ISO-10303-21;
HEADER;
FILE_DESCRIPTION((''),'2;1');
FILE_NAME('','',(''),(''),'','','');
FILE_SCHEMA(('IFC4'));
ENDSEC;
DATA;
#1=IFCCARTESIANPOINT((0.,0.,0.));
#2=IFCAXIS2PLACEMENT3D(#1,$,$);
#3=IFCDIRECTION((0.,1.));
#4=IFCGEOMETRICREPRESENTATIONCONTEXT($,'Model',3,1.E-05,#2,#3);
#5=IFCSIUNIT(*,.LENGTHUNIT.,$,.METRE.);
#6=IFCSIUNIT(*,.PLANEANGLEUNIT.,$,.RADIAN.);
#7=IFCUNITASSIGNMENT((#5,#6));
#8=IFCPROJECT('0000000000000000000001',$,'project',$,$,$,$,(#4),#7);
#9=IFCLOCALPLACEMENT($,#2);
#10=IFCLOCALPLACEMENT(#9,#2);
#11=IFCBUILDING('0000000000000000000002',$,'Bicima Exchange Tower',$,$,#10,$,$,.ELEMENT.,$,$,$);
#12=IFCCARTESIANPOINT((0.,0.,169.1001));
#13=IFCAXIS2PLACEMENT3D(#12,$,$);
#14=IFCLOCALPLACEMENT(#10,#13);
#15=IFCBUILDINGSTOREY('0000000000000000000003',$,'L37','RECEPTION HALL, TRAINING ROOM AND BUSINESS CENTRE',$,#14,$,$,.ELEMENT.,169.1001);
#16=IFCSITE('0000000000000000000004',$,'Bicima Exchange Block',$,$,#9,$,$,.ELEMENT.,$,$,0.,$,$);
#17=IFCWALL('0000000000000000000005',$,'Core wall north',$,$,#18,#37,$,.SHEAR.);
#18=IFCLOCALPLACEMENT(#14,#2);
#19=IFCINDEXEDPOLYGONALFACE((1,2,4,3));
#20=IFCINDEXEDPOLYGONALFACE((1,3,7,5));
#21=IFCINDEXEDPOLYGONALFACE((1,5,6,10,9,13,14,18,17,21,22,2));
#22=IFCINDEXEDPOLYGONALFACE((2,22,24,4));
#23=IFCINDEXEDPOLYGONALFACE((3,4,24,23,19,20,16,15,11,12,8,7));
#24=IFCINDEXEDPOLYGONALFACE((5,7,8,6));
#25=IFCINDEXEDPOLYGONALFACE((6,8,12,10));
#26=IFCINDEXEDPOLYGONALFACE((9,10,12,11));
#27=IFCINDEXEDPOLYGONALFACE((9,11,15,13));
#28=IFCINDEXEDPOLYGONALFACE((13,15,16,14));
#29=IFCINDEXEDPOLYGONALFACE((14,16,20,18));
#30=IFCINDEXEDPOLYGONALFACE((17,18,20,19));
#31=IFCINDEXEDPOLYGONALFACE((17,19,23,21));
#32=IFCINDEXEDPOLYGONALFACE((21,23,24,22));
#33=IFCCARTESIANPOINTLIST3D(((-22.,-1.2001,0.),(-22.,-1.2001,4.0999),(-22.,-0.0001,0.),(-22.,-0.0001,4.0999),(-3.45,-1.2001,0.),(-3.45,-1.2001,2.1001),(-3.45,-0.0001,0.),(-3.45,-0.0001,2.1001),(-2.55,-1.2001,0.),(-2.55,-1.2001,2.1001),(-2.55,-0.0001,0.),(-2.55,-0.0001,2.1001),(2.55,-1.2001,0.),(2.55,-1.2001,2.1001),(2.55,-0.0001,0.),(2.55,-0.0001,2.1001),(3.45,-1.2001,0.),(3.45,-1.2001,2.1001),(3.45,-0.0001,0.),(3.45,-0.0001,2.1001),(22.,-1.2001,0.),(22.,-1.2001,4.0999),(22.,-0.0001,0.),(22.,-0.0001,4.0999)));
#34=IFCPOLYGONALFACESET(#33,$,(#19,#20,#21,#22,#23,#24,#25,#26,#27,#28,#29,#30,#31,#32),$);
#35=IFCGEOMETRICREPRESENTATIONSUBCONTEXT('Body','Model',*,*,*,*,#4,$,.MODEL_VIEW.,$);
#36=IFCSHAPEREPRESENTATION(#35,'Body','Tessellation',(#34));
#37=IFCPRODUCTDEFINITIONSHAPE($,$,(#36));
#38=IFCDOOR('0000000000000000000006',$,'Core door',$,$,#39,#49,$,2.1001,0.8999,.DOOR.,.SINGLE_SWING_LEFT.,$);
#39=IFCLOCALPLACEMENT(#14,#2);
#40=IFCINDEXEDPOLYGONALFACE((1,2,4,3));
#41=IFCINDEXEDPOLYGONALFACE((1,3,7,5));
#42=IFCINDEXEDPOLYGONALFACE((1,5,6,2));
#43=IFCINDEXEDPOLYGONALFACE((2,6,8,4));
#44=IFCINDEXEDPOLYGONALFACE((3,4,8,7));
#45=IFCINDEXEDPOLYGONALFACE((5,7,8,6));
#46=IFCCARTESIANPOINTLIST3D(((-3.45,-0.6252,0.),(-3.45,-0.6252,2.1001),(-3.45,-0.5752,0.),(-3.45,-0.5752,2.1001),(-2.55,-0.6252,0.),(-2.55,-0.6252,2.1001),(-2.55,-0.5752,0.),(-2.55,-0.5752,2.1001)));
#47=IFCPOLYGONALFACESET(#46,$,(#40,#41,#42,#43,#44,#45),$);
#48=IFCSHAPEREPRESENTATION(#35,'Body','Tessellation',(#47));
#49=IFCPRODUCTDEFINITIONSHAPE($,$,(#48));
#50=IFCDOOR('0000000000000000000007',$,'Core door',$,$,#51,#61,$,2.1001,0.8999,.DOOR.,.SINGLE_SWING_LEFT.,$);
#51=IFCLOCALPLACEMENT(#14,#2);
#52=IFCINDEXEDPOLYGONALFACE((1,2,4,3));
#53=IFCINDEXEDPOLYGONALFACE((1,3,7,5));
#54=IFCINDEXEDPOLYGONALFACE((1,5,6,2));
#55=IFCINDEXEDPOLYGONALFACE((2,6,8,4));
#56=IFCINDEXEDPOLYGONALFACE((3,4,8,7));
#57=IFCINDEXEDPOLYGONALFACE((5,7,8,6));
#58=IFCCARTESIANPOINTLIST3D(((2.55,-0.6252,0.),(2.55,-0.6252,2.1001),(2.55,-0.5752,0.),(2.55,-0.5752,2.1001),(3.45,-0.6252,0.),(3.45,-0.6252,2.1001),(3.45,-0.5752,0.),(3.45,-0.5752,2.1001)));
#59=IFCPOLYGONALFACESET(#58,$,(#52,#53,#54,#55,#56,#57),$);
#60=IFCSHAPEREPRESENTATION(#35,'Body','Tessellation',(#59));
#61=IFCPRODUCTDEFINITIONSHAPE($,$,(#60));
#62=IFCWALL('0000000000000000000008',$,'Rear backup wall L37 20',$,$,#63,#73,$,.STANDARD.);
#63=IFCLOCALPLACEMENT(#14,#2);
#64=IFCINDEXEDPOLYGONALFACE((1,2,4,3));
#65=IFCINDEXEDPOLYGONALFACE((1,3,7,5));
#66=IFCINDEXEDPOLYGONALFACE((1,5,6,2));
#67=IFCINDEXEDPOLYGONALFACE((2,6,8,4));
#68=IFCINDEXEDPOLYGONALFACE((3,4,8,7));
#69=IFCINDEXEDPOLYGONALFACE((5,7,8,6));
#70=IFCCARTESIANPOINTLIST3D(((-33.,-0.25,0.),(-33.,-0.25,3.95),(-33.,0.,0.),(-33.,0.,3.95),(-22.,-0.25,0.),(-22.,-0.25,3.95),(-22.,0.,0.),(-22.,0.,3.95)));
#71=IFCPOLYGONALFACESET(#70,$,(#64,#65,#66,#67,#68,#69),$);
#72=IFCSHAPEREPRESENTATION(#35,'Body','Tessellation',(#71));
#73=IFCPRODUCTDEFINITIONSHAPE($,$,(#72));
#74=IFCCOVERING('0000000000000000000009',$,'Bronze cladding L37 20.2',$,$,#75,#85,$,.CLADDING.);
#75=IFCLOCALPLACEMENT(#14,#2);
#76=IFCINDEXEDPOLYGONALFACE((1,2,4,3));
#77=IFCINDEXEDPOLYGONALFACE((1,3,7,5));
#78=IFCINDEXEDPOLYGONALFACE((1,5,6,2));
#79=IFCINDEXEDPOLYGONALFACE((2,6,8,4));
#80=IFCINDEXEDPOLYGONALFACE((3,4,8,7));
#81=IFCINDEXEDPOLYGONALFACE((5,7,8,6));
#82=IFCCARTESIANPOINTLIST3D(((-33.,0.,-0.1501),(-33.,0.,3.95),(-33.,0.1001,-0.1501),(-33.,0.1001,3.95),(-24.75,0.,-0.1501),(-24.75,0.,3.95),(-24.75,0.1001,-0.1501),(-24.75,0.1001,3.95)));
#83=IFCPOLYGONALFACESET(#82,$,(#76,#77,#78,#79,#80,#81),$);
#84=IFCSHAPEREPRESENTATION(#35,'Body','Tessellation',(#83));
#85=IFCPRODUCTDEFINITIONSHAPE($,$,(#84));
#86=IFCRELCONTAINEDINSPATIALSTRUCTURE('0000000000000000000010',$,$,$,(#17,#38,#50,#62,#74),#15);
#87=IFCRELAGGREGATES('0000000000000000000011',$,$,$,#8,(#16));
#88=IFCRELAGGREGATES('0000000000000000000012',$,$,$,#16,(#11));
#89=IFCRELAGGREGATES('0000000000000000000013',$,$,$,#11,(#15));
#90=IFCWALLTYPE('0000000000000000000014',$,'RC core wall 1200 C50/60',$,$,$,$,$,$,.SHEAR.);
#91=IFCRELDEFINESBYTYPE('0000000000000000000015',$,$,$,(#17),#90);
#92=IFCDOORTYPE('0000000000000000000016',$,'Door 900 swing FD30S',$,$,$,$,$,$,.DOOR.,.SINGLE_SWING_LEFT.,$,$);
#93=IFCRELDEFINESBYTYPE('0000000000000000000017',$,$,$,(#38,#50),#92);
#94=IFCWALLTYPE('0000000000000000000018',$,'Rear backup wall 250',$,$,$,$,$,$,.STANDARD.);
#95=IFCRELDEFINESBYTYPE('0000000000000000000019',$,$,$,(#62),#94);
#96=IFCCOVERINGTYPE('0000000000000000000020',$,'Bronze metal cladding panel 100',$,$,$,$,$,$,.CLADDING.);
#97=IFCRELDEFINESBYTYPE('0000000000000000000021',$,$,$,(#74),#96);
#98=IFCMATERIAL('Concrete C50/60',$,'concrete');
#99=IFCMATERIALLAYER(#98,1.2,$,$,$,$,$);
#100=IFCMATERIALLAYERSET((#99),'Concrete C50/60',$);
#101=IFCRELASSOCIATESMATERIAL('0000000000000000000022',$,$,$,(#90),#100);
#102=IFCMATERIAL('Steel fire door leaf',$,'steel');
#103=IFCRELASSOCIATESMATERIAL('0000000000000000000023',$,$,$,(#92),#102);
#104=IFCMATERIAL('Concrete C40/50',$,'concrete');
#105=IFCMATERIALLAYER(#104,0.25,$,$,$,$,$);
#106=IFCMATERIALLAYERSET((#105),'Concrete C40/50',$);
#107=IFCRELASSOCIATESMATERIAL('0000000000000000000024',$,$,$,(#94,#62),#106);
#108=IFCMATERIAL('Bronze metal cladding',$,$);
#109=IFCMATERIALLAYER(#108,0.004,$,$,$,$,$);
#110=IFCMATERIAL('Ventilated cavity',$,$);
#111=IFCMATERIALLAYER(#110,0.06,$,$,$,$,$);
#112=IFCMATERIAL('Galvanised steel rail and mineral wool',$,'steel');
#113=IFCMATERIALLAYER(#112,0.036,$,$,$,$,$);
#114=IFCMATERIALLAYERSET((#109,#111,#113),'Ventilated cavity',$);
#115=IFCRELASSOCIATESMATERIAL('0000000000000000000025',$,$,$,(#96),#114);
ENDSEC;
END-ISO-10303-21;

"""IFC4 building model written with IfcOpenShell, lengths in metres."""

from ifc_helpers import new_model, si_unit, direction, frame, frame_2d, origin, origin_2d, place, context, subcontext, project, spatial, rectangle, extrude, material, layer, layer_set, layer_usage, type_object, element, fill, save


model = new_model("IFC4")

# Units and contexts
model_context = context("Model", 3, precision=1e-05, world=origin(), true_north=direction((0.0, 1.0)))
body_context = subcontext(model_context, "Body", "Model", "MODEL_VIEW")
ifc_project = project(units=[si_unit("LENGTHUNIT", "METRE"), si_unit("PLANEANGLEUNIT", "RADIAN")], contexts=[model_context])

# Site, building, storey
site_placement = place(None, origin())
site = spatial("IfcSite", under=ifc_project, at=site_placement, Name="Bicima Exchange Block", CompositionType="ELEMENT", RefElevation=0.0)
building_placement = place(site_placement, origin())
building = spatial("IfcBuilding", under=site, at=building_placement, Name="Bicima Exchange Tower", CompositionType="ELEMENT")
storey_placement = place(building_placement, frame((0.0, 0.0, 169.1001)))
storey = spatial("IfcBuildingStorey", under=building, at=storey_placement, Name="L37", Description="RECEPTION HALL, TRAINING ROOM AND BUSINESS CENTRE", CompositionType="ELEMENT", Elevation=169.1001)

# Wall, openings, doors
ifc_material_1 = material(Name="Concrete C50/60", Category="concrete")
ifc_layer_1 = layer(ifc_material_1, 1.2)
ifc_layer_set_1 = layer_set([ifc_layer_1], Name="Concrete C50/60")
wall_type_1 = type_object("IfcWallType", Name="RC core wall 1200 C50/60", PredefinedType="SHEAR", material=ifc_layer_set_1)
wall_1_placement = place(storey_placement, frame((-22.0, -0.6001, 0.0), z_axis=(0.0, 0.0, 1.0), x_axis=(1.0, 0.0, 0.0)))
wall_1 = element("IfcWall", 1, at=wall_1_placement, inside=storey, type_object=wall_type_1, Name="Core wall north", PredefinedType="SHEAR", context=body_context, shape_type="SweptSolid", body=[
    extrude(rectangle(XDim=44.0, YDim=1.2, at=frame_2d((22.0, 0.0))), origin(), (0.0, 0.0, 1.0), 4.0999),
])
opening_1_placement = place(wall_1_placement, frame((18.55, 0.0, 0.0)))
opening_1 = element("IfcOpeningElement", 2, at=opening_1_placement, cuts=wall_1, PredefinedType="OPENING", context=body_context, shape_type="SweptSolid", body=[
    extrude(rectangle(XDim=0.8999, YDim=2.1001, at=frame_2d((0.45, 1.05))), frame((0.0, 0.6118, 0.0), z_axis=(0.0, -1.0, 0.0), x_axis=(1.0, 0.0, 0.0)), (0.0, 0.0, 1.0), 1.2239),
])
opening_2_placement = place(wall_1_placement, frame((24.55, 0.0, 0.0)))
opening_2 = element("IfcOpeningElement", 3, at=opening_2_placement, cuts=wall_1, PredefinedType="OPENING", context=body_context, shape_type="SweptSolid", body=[
    extrude(rectangle(XDim=0.8999, YDim=2.1001, at=frame_2d((0.45, 1.05))), frame((0.0, 0.6118, 0.0), z_axis=(0.0, -1.0, 0.0), x_axis=(1.0, 0.0, 0.0)), (0.0, 0.0, 1.0), 1.2239),
])
ifc_material_2 = material(Name="Steel fire door leaf", Category="steel")
door_type = type_object("IfcDoorType", Name="Door 900 swing FD30S", OperationType="SINGLE_SWING_LEFT", PredefinedType="DOOR", material=ifc_material_2)
door_1_placement = place(opening_1_placement, origin())
door_1 = element("IfcDoor", 4, at=door_1_placement, inside=storey, type_object=door_type, Name="Core door", OperationType="SINGLE_SWING_LEFT", OverallHeight=2.1001, OverallWidth=0.8999, PredefinedType="DOOR", context=body_context, shape_type="SweptSolid", body=[
    extrude(rectangle(XDim=0.8999, YDim=2.1001, at=frame_2d((0.45, 1.05))), frame((0.0, 0.0249, 0.0), z_axis=(0.0, -1.0, 0.0), x_axis=(1.0, 0.0, 0.0)), (0.0, 0.0, 1.0), 0.05),
])
fill(opening_1, door_1)
door_2_placement = place(opening_2_placement, origin())
door_2 = element("IfcDoor", 5, at=door_2_placement, inside=storey, type_object=door_type, Name="Core door", OperationType="SINGLE_SWING_LEFT", OverallHeight=2.1001, OverallWidth=0.8999, PredefinedType="DOOR", context=body_context, shape_type="SweptSolid", body=[
    extrude(rectangle(XDim=0.8999, YDim=2.1001, at=frame_2d((0.45, 1.05))), frame((0.0, 0.0249, 0.0), z_axis=(0.0, -1.0, 0.0), x_axis=(1.0, 0.0, 0.0)), (0.0, 0.0, 1.0), 0.05),
])
fill(opening_2, door_2)

# Wall
ifc_material_3 = material(Name="Concrete C40/50", Category="concrete")
ifc_layer_2 = layer(ifc_material_3, 0.25)
ifc_layer_set_2 = layer_set([ifc_layer_2], Name="Concrete C40/50")
ifc_layer_usage = layer_usage(ifc_layer_set_2, "AXIS2", "POSITIVE", -0.125)
wall_type_2 = type_object("IfcWallType", Name="Rear backup wall 250", PredefinedType="STANDARD", material=ifc_layer_set_2)
wall_2_placement = place(storey_placement, frame((-22.0, -0.125, 0.0), z_axis=(0.0, 0.0, 1.0), x_axis=(-1.0, 0.0, 0.0)))
element("IfcWall", 6, at=wall_2_placement, inside=storey, type_object=wall_type_2, material=ifc_layer_usage, Name="Rear backup wall L37 20", PredefinedType="STANDARD", context=body_context, shape_type="SweptSolid", body=[
    extrude(rectangle(XDim=11.0, YDim=0.25, at=frame_2d((5.5, 0.0))), origin(), (0.0, 0.0, 1.0), 3.95),
])

# Covering
ifc_material_4 = material(Name="Bronze metal cladding")
ifc_layer_3 = layer(ifc_material_4, 0.004)
ifc_material_5 = material(Name="Ventilated cavity")
ifc_layer_4 = layer(ifc_material_5, 0.06)
ifc_material_6 = material(Name="Galvanised steel rail and mineral wool", Category="steel")
ifc_layer_5 = layer(ifc_material_6, 0.036)
ifc_layer_set_3 = layer_set([ifc_layer_3, ifc_layer_4, ifc_layer_5], Name="Ventilated cavity")
covering_type = type_object("IfcCoveringType", Name="Bronze metal cladding panel 100", PredefinedType="CLADDING", material=ifc_layer_set_3)
covering_placement = place(storey_placement, frame((-28.875, 0.05, -0.1501), z_axis=(0.0, 0.0, 1.0), x_axis=(-1.0, 0.0, 0.0)))
element("IfcCovering", 7, at=covering_placement, inside=storey, type_object=covering_type, Name="Bronze cladding L37 20.2", PredefinedType="CLADDING", context=body_context, shape_type="SweptSolid", body=[
    extrude(rectangle(XDim=8.25, YDim=0.1001, at=origin_2d()), origin(), (0.0, 0.0, 1.0), 4.1001),
])

save(model, "model.ifc")
